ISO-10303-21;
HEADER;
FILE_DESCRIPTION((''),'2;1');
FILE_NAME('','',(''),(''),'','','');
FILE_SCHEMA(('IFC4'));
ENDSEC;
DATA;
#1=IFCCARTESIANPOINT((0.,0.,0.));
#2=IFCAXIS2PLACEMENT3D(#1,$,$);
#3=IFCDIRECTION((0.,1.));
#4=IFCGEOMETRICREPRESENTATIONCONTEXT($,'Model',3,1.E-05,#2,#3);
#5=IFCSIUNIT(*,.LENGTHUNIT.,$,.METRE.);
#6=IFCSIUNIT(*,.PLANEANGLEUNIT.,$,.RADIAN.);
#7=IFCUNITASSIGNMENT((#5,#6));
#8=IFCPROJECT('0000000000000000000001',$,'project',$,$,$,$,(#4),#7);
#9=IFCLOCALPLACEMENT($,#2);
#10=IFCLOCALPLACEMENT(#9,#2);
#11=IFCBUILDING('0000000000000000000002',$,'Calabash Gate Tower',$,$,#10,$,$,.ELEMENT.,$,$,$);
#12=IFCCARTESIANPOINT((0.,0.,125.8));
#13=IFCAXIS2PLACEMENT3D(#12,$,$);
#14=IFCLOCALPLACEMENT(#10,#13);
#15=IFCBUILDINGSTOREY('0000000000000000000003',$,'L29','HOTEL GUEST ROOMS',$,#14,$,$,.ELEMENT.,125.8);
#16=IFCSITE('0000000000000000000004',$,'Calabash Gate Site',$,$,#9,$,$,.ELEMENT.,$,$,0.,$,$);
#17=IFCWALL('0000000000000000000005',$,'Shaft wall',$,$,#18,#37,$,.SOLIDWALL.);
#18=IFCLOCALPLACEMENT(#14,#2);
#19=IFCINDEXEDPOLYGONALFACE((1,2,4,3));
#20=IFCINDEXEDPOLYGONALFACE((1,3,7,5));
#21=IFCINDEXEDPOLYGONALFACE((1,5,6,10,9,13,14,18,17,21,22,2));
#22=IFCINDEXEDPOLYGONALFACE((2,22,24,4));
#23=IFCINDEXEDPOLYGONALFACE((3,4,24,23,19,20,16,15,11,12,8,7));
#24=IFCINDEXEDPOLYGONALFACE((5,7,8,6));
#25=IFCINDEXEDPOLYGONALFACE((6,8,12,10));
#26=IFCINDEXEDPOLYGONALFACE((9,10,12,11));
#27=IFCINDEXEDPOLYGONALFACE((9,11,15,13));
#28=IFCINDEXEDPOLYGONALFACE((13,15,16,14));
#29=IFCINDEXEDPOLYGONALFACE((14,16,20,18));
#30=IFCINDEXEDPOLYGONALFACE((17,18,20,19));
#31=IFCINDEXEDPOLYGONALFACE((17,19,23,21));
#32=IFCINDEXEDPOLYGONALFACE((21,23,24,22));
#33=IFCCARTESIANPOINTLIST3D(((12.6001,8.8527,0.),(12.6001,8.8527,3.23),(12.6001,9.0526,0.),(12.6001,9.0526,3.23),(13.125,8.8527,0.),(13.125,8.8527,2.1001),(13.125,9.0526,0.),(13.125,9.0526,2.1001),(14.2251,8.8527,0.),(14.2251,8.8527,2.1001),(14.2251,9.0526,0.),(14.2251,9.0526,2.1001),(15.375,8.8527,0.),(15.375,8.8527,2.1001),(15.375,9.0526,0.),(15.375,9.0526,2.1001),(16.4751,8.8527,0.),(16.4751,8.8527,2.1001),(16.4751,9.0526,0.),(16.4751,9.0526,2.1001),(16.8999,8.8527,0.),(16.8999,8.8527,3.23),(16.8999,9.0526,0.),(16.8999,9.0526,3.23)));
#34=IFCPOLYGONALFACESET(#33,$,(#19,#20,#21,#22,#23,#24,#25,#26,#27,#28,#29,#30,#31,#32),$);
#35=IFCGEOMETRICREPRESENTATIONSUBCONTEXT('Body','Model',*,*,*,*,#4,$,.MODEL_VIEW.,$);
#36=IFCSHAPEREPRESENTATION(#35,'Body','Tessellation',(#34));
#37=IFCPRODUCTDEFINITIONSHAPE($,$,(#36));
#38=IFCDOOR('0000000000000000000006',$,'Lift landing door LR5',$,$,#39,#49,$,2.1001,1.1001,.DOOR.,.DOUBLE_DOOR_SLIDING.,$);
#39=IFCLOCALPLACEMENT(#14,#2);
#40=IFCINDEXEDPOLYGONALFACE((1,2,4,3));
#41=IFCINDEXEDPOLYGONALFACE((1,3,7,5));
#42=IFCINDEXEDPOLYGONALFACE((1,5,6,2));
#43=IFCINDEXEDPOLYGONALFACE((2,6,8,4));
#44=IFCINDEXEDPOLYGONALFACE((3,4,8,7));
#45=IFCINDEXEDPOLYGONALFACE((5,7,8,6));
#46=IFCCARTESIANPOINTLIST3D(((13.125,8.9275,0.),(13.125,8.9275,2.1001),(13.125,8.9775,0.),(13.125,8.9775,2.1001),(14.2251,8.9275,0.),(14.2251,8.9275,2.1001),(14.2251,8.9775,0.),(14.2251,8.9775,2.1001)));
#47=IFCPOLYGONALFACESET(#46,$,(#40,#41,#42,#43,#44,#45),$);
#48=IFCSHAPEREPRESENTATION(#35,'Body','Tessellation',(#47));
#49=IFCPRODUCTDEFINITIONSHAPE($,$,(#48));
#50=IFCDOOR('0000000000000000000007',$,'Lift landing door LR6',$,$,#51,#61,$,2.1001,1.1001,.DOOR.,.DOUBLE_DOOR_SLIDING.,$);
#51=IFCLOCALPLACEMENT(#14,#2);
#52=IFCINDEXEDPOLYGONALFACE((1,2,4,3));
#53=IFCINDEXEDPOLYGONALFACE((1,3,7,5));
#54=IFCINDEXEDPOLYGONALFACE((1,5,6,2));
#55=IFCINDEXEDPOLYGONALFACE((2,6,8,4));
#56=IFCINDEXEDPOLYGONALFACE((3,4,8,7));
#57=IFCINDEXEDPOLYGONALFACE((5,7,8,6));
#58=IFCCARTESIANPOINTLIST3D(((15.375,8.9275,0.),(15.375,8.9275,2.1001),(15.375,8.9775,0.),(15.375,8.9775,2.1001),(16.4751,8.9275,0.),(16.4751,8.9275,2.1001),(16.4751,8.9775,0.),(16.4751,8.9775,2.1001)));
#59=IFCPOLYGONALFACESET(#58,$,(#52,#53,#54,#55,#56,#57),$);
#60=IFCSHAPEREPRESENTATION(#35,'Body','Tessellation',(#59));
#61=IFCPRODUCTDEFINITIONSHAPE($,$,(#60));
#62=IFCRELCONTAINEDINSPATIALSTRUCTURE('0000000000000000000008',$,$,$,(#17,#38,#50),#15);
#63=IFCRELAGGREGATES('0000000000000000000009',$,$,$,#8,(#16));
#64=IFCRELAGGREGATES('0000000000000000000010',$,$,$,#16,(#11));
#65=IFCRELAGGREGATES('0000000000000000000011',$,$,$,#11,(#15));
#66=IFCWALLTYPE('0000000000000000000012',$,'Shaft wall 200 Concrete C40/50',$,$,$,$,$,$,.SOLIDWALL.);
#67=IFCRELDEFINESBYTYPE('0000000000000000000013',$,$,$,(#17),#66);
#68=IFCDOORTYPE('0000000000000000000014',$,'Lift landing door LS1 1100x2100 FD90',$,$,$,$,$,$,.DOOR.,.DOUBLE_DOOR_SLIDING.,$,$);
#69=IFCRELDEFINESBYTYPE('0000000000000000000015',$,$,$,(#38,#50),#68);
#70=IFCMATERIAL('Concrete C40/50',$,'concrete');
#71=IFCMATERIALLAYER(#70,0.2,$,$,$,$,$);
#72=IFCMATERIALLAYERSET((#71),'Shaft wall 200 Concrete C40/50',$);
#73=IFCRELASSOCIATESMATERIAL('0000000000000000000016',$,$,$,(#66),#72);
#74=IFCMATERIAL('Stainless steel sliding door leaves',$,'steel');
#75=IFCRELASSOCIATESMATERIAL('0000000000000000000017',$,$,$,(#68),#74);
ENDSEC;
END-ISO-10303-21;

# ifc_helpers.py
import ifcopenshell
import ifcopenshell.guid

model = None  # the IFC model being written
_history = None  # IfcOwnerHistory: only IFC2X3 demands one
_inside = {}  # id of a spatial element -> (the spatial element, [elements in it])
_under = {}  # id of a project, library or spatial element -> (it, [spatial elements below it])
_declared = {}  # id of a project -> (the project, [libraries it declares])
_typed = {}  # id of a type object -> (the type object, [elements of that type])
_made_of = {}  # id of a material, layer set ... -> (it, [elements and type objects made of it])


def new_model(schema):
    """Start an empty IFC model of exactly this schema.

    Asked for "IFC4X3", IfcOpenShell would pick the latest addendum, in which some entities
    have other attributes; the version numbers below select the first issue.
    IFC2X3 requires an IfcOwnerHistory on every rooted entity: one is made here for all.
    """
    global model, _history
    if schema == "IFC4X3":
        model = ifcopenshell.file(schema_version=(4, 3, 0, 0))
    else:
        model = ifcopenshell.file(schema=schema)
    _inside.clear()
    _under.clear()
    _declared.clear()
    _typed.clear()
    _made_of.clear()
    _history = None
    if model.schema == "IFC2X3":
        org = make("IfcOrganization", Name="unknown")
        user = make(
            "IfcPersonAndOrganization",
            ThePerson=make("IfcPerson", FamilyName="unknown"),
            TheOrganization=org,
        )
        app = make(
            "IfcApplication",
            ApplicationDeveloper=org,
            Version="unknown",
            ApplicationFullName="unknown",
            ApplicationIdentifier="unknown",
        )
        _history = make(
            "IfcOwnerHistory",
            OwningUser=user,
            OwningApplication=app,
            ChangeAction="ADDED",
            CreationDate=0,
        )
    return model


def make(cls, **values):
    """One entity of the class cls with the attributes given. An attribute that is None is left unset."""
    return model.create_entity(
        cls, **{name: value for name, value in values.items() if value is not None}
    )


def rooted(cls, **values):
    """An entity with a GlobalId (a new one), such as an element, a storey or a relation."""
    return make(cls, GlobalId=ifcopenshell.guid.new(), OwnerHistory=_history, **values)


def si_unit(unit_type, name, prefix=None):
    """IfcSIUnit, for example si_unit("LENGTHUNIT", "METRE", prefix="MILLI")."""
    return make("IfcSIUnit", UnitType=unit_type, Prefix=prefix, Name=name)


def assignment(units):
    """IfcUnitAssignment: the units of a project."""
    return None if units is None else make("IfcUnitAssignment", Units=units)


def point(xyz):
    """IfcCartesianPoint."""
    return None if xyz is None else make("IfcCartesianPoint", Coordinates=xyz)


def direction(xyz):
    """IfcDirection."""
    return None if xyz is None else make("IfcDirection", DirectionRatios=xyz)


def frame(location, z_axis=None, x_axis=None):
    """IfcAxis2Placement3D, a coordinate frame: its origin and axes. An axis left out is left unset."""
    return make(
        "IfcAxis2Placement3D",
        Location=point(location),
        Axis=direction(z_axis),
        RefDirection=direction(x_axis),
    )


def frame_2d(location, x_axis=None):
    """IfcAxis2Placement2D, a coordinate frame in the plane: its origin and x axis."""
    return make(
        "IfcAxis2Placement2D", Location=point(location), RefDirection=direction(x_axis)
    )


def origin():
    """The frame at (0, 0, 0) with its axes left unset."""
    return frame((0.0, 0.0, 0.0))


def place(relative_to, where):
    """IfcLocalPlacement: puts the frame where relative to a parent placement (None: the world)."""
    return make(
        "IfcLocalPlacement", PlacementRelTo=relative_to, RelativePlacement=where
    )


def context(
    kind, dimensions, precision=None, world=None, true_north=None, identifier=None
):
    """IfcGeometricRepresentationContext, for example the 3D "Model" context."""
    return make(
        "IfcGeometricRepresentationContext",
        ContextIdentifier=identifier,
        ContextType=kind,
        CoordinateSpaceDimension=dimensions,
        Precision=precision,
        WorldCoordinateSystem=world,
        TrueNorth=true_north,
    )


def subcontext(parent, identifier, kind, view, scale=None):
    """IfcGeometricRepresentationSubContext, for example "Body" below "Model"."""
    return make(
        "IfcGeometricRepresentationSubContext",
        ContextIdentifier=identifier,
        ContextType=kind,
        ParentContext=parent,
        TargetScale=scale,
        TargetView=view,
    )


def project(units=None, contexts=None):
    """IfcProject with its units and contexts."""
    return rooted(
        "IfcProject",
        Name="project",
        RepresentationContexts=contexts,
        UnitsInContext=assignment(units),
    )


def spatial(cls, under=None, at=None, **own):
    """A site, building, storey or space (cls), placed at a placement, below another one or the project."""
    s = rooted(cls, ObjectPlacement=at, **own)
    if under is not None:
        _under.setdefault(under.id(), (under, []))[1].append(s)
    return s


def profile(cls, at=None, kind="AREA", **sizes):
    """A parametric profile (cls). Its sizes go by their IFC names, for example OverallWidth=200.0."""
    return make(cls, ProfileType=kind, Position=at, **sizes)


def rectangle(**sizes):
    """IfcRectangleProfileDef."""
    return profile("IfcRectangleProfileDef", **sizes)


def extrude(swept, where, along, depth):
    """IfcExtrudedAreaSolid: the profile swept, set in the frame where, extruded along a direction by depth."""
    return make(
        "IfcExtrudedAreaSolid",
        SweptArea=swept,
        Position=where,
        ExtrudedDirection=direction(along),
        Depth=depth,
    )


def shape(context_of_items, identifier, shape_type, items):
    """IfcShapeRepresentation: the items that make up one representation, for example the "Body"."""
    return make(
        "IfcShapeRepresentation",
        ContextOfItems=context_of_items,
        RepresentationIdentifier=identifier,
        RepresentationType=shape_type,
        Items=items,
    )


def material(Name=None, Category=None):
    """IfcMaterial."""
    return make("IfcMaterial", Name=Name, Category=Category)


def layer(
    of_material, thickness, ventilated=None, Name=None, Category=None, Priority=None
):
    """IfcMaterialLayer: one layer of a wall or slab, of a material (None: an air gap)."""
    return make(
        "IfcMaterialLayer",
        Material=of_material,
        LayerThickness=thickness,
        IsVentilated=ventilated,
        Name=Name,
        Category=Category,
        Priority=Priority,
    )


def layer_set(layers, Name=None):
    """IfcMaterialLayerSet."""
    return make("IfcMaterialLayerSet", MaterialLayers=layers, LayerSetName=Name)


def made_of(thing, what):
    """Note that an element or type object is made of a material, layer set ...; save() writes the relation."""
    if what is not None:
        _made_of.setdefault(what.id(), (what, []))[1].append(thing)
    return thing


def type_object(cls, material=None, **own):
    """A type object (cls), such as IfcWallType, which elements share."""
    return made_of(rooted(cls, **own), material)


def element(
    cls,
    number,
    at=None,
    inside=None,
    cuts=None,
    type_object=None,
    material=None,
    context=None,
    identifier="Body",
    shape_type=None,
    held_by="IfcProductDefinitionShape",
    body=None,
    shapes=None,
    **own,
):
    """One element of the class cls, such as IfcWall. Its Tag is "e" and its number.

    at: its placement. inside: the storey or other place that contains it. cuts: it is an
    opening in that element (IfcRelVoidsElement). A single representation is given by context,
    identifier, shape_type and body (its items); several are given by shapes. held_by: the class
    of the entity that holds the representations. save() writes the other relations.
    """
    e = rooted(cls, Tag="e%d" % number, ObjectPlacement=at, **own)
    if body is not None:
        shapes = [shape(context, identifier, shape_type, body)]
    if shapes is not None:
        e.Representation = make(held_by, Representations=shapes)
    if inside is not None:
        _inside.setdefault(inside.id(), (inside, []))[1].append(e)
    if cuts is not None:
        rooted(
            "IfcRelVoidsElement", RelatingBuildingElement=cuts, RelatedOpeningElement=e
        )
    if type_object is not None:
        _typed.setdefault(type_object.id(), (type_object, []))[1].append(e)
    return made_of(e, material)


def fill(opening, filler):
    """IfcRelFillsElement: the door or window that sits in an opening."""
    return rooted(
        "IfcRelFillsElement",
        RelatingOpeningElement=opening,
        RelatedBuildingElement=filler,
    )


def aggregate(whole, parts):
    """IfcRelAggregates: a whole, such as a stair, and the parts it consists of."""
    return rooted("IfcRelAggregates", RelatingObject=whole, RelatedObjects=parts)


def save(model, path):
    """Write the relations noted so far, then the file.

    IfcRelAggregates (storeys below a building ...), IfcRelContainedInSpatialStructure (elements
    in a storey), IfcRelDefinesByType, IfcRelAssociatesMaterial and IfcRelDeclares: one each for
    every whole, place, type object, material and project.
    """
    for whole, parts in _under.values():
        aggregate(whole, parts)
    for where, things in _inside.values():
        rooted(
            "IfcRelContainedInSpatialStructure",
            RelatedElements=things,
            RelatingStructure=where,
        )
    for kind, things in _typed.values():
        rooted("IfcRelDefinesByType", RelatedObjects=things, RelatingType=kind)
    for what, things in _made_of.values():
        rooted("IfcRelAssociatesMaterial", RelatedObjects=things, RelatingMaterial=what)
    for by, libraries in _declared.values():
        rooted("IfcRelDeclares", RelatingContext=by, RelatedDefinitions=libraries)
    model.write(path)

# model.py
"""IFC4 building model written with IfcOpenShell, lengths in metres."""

from ifc_helpers import new_model, si_unit, direction, frame, frame_2d, origin, place, context, subcontext, project, spatial, rectangle, extrude, material, layer, layer_set, type_object, element, fill, save


model = new_model("IFC4")

# Units and contexts
model_context = context("Model", 3, precision=1e-05, world=origin(), true_north=direction((0.0, 1.0)))
body_context = subcontext(model_context, "Body", "Model", "MODEL_VIEW")
ifc_project = project(units=[si_unit("LENGTHUNIT", "METRE"), si_unit("PLANEANGLEUNIT", "RADIAN")], contexts=[model_context])

# Site, building, storey
site_placement = place(None, origin())
site = spatial("IfcSite", under=ifc_project, at=site_placement, Name="Calabash Gate Site", CompositionType="ELEMENT", RefElevation=0.0)
building_placement = place(site_placement, origin())
building = spatial("IfcBuilding", under=site, at=building_placement, Name="Calabash Gate Tower", CompositionType="ELEMENT")
storey_placement = place(building_placement, frame((0.0, 0.0, 125.8)))
storey = spatial("IfcBuildingStorey", under=building, at=storey_placement, Name="L29", Description="HOTEL GUEST ROOMS", CompositionType="ELEMENT", Elevation=125.8)

# Shared definitions
ifc_material_1 = material(Name="Concrete C40/50", Category="concrete")
ifc_layer_1 = layer(ifc_material_1, 0.2)
ifc_layer_set_1 = layer_set([ifc_layer_1], Name="Shaft wall 200 Concrete C40/50")
wall_type_1 = type_object("IfcWallType", Name="Shaft wall 200 Concrete C40/50", PredefinedType="SOLIDWALL", material=ifc_layer_set_1)

# Wall, openings, doors
wall_1_placement = place(storey_placement, frame((12.6001, 8.9526, 0.0), z_axis=(0.0, 0.0, 1.0), x_axis=(1.0, 0.0, 0.0)))
wall_1 = element("IfcWall", 1, at=wall_1_placement, inside=storey, type_object=wall_type_1, Name="Shaft wall", PredefinedType="SOLIDWALL", context=body_context, shape_type="SweptSolid", body=[
    extrude(rectangle(XDim=4.2998, YDim=0.2, at=frame_2d((2.1499, 0.0))), origin(), (0.0, 0.0, 1.0), 3.23),
])
opening_1_placement = place(wall_1_placement, frame((0.5249, 0.0, 0.0)))
opening_1 = element("IfcOpeningElement", 2, at=opening_1_placement, cuts=wall_1, PredefinedType="OPENING", context=body_context, shape_type="SweptSolid", body=[
    extrude(rectangle(XDim=1.1001, YDim=2.1001, at=frame_2d((0.55, 1.05))), frame((0.0, 0.1099, 0.0), z_axis=(0.0, -1.0, 0.0), x_axis=(1.0, 0.0, 0.0)), (0.0, 0.0, 1.0), 0.22),
])
opening_2_placement = place(wall_1_placement, frame((2.7749, 0.0, 0.0)))
opening_2 = element("IfcOpeningElement", 3, at=opening_2_placement, cuts=wall_1, PredefinedType="OPENING", context=body_context, shape_type="SweptSolid", body=[
    extrude(rectangle(XDim=1.1001, YDim=2.1001, at=frame_2d((0.55, 1.05))), frame((0.0, 0.1099, 0.0), z_axis=(0.0, -1.0, 0.0), x_axis=(1.0, 0.0, 0.0)), (0.0, 0.0, 1.0), 0.22),
])
ifc_material_2 = material(Name="Stainless steel sliding door leaves", Category="steel")
door_type_1 = type_object("IfcDoorType", Name="Lift landing door LS1 1100x2100 FD90", OperationType="DOUBLE_DOOR_SLIDING", PredefinedType="DOOR", material=ifc_material_2)
door_1_placement = place(opening_1_placement, origin())
door_1 = element("IfcDoor", 4, at=door_1_placement, inside=storey, type_object=door_type_1, Name="Lift landing door LR5", OperationType="DOUBLE_DOOR_SLIDING", OverallHeight=2.1001, OverallWidth=1.1001, PredefinedType="DOOR", context=body_context, shape_type="SweptSolid", body=[
    extrude(rectangle(XDim=1.1001, YDim=2.1001, at=frame_2d((0.55, 1.05))), frame((0.0, 0.0249, 0.0), z_axis=(0.0, -1.0, 0.0), x_axis=(1.0, 0.0, 0.0)), (0.0, 0.0, 1.0), 0.05),
])
fill(opening_1, door_1)
door_2_placement = place(opening_2_placement, origin())
door_2 = element("IfcDoor", 5, at=door_2_placement, inside=storey, type_object=door_type_1, Name="Lift landing door LR6", OperationType="DOUBLE_DOOR_SLIDING", OverallHeight=2.1001, OverallWidth=1.1001, PredefinedType="DOOR", context=body_context, shape_type="SweptSolid", body=[
    extrude(rectangle(XDim=1.1001, YDim=2.1001, at=frame_2d((0.55, 1.05))), frame((0.0, 0.0249, 0.0), z_axis=(0.0, -1.0, 0.0), x_axis=(1.0, 0.0, 0.0)), (0.0, 0.0, 1.0), 0.05),
])
fill(opening_2, door_2)

save(model, "model.ifc")
